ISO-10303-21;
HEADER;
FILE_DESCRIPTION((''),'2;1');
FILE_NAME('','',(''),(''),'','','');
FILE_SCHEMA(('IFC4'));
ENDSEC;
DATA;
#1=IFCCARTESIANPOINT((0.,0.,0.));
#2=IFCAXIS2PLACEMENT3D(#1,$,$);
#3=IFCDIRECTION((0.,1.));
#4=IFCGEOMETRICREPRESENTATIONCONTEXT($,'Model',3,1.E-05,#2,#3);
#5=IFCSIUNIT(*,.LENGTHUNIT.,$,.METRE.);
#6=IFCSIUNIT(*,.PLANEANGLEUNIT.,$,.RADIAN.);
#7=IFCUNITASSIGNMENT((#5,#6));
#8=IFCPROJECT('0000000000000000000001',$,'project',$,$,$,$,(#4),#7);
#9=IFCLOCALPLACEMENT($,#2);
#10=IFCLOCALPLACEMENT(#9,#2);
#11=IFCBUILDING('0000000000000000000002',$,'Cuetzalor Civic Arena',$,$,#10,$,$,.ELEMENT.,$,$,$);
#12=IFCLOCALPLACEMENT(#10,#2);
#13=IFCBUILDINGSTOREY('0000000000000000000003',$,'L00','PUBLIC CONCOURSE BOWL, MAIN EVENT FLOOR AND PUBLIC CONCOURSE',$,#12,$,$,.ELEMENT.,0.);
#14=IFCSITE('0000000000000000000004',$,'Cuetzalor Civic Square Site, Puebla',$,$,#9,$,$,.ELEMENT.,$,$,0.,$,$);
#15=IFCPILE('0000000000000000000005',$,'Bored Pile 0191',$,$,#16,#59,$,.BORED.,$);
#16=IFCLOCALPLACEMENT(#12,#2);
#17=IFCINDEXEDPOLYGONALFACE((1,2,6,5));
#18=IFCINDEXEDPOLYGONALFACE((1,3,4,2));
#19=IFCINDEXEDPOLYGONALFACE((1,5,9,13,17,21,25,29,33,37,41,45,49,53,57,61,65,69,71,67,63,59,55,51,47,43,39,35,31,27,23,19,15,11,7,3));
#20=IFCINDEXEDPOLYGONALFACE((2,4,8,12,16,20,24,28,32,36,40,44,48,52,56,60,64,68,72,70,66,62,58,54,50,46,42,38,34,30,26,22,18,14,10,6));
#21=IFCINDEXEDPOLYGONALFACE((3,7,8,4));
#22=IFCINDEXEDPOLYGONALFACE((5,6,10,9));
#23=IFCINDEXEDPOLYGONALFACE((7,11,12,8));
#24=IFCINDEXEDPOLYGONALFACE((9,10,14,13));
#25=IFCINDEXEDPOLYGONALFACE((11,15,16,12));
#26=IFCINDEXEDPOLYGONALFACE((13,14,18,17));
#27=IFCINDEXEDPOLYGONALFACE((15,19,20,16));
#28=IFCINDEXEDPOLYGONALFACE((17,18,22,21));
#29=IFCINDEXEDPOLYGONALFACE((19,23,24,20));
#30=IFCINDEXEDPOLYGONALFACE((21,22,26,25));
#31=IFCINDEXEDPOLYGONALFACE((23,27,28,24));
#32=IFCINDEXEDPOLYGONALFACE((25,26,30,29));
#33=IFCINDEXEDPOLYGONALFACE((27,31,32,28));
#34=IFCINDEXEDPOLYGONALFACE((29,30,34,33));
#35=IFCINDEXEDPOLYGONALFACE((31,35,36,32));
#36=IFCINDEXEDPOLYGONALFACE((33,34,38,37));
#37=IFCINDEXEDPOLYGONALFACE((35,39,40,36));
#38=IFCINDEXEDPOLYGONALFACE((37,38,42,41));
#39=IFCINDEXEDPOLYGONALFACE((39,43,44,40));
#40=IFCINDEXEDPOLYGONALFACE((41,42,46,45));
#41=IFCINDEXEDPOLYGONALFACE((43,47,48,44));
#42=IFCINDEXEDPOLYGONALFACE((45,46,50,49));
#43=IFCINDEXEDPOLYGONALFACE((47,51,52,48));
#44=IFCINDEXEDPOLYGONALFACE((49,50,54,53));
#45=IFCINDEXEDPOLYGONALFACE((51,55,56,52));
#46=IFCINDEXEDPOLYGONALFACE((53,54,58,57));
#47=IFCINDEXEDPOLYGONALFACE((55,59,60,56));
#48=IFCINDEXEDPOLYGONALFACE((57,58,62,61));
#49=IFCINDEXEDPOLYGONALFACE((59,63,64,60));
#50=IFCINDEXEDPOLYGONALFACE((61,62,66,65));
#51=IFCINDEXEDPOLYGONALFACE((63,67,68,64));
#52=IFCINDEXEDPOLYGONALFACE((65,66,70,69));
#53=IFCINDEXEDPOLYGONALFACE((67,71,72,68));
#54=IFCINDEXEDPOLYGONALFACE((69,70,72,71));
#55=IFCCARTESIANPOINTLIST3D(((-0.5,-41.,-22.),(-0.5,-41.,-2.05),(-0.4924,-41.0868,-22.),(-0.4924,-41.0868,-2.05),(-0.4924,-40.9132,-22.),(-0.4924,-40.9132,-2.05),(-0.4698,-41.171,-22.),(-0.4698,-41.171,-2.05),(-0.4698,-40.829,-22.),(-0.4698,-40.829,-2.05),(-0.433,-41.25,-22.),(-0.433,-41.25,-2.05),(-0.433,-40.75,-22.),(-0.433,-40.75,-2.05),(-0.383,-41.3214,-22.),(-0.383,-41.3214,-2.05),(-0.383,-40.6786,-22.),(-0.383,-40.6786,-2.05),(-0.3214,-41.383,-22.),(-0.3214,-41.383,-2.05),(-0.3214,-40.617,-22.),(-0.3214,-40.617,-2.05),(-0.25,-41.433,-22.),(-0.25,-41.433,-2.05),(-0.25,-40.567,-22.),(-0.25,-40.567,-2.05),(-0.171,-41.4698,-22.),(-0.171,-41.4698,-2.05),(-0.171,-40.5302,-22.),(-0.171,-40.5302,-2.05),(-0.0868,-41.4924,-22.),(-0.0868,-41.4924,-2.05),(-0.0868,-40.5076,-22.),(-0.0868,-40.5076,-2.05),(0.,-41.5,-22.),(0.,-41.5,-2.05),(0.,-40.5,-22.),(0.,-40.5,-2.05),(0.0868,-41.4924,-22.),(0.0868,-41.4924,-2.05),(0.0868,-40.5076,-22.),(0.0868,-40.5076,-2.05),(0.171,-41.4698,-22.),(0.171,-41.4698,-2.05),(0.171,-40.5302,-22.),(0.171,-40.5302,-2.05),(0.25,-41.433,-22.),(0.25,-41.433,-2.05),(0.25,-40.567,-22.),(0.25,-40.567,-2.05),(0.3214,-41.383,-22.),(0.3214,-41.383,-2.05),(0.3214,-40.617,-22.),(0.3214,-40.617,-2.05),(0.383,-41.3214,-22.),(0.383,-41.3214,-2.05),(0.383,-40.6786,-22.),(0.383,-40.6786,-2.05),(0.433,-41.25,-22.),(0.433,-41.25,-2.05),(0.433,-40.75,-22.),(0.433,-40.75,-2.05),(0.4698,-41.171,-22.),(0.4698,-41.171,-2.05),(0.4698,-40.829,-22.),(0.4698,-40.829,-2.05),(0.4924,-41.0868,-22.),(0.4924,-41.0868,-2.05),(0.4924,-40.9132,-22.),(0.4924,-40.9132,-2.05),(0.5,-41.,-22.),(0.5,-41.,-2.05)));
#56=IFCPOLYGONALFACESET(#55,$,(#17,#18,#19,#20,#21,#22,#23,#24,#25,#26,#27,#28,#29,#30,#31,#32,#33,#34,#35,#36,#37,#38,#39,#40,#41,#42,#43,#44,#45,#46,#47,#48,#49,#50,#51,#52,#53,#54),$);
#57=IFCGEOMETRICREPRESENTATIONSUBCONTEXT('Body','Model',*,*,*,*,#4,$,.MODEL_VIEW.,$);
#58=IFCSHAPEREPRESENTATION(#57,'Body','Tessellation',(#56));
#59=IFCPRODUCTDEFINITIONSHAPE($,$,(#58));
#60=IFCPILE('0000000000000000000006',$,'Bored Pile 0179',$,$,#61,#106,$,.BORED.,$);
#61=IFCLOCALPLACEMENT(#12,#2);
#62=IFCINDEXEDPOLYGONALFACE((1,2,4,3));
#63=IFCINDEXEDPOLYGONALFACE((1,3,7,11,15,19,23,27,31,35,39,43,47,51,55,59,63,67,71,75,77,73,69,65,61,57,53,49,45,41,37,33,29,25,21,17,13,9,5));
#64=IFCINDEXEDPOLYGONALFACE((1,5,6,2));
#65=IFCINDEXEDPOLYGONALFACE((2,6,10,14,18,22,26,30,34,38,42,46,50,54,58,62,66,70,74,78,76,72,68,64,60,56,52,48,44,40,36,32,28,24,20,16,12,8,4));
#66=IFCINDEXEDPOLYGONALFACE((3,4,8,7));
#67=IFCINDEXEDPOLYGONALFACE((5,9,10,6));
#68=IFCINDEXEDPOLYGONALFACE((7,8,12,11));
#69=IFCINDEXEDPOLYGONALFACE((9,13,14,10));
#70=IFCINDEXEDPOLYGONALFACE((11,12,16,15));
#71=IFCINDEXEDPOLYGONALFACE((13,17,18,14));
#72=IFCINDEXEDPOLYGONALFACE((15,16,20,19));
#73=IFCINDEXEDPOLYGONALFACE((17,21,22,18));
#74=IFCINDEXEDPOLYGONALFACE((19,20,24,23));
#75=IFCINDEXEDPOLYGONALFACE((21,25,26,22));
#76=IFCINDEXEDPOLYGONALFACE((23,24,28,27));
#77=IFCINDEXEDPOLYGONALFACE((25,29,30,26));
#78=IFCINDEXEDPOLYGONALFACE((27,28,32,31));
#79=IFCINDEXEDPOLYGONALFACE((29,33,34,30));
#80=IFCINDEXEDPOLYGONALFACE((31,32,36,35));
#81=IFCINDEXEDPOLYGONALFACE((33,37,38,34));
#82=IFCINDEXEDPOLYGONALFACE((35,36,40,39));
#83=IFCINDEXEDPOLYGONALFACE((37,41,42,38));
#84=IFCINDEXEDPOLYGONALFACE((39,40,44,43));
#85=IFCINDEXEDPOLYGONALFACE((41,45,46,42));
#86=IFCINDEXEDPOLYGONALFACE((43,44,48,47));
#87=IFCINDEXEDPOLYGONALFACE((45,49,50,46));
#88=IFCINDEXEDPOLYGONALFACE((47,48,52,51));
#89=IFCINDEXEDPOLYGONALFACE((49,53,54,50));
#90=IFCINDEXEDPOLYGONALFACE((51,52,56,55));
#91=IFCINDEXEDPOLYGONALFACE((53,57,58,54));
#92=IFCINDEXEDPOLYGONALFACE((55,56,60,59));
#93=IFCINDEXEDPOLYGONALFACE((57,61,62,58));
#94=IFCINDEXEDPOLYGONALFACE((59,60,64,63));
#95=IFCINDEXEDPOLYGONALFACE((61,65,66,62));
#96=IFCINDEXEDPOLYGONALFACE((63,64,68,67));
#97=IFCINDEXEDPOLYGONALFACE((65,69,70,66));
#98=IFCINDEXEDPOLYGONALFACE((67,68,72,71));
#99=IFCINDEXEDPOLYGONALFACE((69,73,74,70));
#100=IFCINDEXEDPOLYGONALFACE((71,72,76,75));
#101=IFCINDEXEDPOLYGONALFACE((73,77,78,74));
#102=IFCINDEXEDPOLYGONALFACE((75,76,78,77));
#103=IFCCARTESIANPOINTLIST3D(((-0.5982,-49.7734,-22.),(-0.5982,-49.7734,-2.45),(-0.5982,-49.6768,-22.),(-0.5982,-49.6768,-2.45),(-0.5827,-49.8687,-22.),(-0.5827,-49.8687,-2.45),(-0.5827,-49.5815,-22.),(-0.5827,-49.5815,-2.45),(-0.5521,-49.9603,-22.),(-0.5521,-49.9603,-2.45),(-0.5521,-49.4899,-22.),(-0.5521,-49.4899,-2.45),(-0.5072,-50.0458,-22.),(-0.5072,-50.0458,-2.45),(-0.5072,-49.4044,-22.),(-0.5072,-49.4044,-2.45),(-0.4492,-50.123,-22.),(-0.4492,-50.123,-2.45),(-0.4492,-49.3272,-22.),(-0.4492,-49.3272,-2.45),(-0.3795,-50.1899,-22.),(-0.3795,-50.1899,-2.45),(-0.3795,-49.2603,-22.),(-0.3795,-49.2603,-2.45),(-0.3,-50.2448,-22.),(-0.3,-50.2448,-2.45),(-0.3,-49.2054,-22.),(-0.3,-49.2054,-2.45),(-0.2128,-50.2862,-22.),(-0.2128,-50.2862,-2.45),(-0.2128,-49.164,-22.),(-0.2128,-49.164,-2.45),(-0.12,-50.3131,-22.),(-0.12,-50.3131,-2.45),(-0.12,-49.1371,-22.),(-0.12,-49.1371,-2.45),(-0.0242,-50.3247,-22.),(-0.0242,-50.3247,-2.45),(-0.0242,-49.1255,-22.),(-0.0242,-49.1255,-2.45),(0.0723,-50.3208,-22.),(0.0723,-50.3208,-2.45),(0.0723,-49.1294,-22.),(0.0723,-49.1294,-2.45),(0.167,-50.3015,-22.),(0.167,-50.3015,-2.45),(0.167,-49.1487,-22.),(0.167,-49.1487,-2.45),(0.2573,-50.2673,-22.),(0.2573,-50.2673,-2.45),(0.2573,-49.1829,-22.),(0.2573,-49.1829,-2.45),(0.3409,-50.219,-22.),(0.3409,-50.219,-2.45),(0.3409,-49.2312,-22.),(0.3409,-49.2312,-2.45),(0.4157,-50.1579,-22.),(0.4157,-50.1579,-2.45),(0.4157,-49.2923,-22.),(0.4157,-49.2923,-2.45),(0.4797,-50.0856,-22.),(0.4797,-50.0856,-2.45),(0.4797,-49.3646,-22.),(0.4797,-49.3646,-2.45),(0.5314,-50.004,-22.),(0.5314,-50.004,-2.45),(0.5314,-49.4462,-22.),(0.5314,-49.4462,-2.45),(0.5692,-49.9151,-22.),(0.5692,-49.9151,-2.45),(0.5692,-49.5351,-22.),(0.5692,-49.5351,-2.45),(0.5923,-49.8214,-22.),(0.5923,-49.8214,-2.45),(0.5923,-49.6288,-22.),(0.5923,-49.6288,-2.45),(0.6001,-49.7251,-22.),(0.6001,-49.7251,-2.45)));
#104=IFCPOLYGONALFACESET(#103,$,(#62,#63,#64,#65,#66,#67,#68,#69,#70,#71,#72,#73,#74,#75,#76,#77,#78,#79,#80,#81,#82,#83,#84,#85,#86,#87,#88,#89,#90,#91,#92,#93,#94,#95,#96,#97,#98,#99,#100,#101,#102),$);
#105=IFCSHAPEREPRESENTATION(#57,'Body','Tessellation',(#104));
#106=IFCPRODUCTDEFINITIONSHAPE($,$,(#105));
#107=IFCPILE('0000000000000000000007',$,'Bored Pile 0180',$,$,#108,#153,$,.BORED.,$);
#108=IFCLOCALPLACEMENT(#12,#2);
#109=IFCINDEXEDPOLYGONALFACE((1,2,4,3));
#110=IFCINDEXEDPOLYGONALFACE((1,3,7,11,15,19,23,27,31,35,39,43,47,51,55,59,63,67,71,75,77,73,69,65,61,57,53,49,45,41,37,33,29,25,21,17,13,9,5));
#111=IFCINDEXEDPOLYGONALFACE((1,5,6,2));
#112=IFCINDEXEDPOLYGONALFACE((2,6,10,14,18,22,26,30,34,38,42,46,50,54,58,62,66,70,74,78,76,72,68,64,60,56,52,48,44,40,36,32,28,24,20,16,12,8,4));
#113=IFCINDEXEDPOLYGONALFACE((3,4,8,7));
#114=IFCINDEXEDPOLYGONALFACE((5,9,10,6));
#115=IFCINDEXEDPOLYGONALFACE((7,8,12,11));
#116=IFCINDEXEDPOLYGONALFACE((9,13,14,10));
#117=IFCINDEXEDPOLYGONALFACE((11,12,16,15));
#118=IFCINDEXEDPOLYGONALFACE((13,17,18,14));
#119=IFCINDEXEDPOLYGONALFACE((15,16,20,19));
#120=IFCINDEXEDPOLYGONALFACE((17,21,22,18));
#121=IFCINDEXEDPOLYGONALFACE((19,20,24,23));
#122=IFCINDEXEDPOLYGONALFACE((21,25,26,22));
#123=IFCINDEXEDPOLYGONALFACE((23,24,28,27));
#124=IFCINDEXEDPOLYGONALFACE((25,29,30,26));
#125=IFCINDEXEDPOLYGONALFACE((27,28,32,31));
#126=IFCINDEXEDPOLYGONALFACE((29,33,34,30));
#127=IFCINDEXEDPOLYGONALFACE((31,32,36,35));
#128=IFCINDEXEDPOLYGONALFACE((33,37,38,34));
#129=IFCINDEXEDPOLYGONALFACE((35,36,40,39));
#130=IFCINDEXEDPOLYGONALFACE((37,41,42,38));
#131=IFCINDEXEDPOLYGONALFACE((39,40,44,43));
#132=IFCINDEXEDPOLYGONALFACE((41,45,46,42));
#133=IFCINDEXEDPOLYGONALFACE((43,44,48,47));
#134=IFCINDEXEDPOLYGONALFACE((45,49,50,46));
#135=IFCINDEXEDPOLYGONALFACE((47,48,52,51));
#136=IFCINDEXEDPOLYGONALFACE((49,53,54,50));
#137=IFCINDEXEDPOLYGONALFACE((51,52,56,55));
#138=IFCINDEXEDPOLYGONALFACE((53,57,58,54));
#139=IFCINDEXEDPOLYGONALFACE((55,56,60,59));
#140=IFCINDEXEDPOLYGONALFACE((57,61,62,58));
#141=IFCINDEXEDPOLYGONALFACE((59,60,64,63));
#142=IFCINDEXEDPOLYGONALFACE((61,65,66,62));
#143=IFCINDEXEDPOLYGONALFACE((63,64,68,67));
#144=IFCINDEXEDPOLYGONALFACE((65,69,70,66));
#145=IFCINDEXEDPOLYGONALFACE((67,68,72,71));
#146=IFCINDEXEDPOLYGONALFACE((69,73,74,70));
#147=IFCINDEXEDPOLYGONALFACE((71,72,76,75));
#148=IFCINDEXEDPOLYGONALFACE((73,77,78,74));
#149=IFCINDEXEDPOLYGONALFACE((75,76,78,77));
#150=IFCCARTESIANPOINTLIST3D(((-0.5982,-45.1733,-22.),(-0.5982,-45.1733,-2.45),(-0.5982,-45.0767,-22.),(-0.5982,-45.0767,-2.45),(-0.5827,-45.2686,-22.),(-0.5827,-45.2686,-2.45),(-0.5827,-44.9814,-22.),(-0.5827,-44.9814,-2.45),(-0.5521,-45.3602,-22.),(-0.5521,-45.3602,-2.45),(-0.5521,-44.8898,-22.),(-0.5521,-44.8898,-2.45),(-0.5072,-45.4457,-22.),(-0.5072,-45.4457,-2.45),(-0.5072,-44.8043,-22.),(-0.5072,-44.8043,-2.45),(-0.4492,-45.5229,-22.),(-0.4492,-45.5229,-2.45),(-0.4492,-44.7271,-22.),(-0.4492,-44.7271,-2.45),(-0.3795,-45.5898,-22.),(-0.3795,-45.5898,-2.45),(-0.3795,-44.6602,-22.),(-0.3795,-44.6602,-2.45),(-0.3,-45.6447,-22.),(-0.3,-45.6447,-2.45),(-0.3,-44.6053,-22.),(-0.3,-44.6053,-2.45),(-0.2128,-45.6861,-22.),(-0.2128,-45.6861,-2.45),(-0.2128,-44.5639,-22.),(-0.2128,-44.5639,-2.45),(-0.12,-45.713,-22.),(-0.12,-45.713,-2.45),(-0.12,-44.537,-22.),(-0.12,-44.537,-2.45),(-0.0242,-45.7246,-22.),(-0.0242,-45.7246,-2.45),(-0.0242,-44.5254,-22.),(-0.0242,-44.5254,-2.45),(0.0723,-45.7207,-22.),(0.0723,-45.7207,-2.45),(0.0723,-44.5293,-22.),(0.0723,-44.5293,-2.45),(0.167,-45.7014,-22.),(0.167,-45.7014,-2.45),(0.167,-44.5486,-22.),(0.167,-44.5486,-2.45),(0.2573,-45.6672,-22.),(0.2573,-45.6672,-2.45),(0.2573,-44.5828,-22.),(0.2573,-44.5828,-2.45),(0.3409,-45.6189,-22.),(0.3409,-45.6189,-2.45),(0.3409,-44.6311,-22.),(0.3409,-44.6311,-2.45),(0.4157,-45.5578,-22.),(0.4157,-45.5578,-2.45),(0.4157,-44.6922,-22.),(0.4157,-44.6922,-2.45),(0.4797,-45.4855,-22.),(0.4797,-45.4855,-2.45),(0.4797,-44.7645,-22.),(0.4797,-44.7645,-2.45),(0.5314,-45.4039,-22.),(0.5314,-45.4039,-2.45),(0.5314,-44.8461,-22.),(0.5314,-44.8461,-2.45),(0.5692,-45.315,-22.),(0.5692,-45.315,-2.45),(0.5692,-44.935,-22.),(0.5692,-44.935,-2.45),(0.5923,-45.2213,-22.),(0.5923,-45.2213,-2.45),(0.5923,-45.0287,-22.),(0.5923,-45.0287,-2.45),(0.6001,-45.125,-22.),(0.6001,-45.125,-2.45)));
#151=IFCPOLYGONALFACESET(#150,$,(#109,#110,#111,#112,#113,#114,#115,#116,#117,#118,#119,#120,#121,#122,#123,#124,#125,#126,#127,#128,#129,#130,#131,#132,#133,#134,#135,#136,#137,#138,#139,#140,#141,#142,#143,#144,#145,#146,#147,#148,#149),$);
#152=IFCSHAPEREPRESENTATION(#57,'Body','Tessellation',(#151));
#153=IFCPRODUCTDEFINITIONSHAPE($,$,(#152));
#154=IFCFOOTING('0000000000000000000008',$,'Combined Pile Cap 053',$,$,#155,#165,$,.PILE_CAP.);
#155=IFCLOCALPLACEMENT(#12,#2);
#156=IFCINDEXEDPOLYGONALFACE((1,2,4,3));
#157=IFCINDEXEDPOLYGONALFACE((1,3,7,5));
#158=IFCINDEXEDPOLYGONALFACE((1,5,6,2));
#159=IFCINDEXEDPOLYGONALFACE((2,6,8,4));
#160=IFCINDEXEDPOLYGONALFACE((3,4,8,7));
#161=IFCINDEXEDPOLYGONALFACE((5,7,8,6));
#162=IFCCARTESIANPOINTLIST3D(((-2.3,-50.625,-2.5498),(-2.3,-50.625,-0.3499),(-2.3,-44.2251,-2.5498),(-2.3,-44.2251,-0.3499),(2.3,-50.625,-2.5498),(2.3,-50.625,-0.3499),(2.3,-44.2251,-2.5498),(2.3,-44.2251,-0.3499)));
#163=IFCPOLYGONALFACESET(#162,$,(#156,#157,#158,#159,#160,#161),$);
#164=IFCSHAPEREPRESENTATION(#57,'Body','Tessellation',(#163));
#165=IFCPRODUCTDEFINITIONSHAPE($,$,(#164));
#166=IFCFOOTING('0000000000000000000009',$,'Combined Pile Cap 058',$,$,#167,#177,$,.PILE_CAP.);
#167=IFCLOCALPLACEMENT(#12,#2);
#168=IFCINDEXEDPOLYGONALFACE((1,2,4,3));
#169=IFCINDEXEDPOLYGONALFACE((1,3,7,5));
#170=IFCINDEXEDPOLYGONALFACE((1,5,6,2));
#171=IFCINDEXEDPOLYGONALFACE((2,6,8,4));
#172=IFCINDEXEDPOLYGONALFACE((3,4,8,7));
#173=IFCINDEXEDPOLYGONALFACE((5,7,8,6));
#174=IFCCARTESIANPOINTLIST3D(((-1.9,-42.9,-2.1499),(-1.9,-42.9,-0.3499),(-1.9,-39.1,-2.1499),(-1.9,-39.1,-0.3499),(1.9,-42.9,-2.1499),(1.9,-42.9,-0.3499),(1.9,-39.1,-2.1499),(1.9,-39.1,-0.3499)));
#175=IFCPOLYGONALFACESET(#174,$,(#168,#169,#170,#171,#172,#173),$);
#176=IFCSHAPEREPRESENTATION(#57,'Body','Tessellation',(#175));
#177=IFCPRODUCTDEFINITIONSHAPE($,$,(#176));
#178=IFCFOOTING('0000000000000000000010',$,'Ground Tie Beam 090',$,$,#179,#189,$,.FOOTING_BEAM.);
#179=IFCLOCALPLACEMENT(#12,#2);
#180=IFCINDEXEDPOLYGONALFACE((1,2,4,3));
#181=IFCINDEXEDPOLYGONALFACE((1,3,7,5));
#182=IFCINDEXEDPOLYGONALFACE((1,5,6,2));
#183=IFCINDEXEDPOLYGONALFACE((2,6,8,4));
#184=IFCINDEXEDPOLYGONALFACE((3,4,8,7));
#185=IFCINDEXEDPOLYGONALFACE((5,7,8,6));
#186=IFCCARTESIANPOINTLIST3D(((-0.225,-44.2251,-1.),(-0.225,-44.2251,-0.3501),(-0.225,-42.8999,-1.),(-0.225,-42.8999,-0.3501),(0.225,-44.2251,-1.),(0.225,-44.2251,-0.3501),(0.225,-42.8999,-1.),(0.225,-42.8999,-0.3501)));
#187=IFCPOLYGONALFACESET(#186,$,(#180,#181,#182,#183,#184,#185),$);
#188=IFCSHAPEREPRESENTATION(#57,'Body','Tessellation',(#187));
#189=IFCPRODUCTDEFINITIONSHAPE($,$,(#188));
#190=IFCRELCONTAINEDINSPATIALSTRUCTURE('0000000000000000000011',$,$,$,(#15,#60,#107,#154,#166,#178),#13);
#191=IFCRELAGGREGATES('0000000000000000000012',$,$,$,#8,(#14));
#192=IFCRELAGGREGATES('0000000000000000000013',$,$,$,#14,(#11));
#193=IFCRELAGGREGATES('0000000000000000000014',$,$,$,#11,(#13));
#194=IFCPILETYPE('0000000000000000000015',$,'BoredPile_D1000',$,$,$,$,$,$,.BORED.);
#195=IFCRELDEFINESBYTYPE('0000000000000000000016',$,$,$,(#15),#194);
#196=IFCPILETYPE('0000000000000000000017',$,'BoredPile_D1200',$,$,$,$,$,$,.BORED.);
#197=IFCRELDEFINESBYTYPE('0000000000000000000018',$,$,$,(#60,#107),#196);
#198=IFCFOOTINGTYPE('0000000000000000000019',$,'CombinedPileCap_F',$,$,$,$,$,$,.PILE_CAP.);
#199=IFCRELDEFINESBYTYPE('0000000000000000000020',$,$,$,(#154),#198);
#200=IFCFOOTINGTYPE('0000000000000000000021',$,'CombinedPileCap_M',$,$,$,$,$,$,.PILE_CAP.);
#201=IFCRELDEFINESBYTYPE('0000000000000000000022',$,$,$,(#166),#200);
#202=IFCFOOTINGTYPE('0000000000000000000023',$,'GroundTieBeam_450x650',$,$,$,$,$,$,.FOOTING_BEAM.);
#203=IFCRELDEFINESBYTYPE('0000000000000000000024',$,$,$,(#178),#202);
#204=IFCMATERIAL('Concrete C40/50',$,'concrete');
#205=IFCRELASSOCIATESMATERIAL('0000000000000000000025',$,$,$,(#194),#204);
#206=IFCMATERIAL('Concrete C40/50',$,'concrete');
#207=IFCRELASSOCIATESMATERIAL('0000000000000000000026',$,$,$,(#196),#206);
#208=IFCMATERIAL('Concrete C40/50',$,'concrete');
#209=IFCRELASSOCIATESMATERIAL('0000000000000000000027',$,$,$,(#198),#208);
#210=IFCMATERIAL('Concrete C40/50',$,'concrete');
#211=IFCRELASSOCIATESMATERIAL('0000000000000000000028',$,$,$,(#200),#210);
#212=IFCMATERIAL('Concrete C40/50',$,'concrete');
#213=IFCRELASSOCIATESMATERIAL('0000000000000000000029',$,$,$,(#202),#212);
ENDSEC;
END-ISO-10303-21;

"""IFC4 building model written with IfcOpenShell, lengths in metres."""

from ifc_helpers import new_model, si_unit, direction, frame, origin, origin_2d, place, context, subcontext, project, spatial, rectangle, circle, extrude, material, material_profile, profile_set, type_object, element, save


model = new_model("IFC4")

# Units and contexts
model_context = context("Model", 3, precision=1e-05, world=origin(), true_north=direction((0.0, 1.0)))
body_context = subcontext(model_context, "Body", "Model", "MODEL_VIEW")
ifc_project = project(units=[si_unit("LENGTHUNIT", "METRE"), si_unit("PLANEANGLEUNIT", "RADIAN")], contexts=[model_context])

# Site, building, storey
site_placement = place(None, origin())
site = spatial("IfcSite", under=ifc_project, at=site_placement, Name="Cuetzalor Civic Square Site, Puebla", CompositionType="ELEMENT", RefElevation=0.0)
building_placement = place(site_placement, origin())
building = spatial("IfcBuilding", under=site, at=building_placement, Name="Cuetzalor Civic Arena", CompositionType="ELEMENT")
storey_placement = place(building_placement, origin())
storey = spatial("IfcBuildingStorey", under=building, at=storey_placement, Name="L00", Description="PUBLIC CONCOURSE BOWL, MAIN EVENT FLOOR AND PUBLIC CONCOURSE", CompositionType="ELEMENT", Elevation=0.0)

# Piles
ifc_material_1 = material(Name="Concrete C40/50", Category="concrete")
ifc_material_profile_1 = material_profile(ifc_material_1, circle(Radius=0.5, at=origin_2d()), Name="BORED PILE D1000")
ifc_profile_set_1 = profile_set([ifc_material_profile_1], Name="Concrete C40/50")
pile_type_1 = type_object("IfcPileType", Name="BoredPile_D1000", PredefinedType="BORED", material=ifc_profile_set_1)
pile_placement = place(storey_placement, frame((0.0, -41.0, -2.05), z_axis=(0.0, 0.0, -1.0), x_axis=(1.0, 0.0, 0.0)))
element("IfcPile", 1, at=pile_placement, inside=storey, type_object=pile_type_1, Name="Bored Pile 0191", PredefinedType="BORED", context=body_context, shape_type="SweptSolid", body=[
    extrude(circle(Radius=0.5, at=origin_2d()), origin(), (0.0, 0.0, 1.0), 19.95),
])
ifc_material_2 = material(Name="Concrete C40/50", Category="concrete")
ifc_material_profile_2 = material_profile(ifc_material_2, circle(Radius=0.6001, at=origin_2d()), Name="BORED PILE D1200")
ifc_profile_set_2 = profile_set([ifc_material_profile_2], Name="Concrete C40/50")
pile_type_2 = type_object("IfcPileType", Name="BoredPile_D1200", PredefinedType="BORED", material=ifc_profile_set_2)
for number, where, z_axis, x_axis, name in (
    (2, (0.0, -49.7251, -2.45), (0.0, 0.0, -1.0), (1.0, 0.0, 0.0), "Bored Pile 0179"),
    (3, (0.0, -45.125, -2.45), (0.0, 0.0, -1.0), (1.0, 0.0, 0.0), "Bored Pile 0180"),
):
    element("IfcPile", number, at=place(storey_placement, frame(where, z_axis=z_axis, x_axis=x_axis)), inside=storey, type_object=pile_type_2, Name=name, PredefinedType="BORED", context=body_context, shape_type="SweptSolid", body=[
        extrude(circle(Radius=0.6001, at=origin_2d()), origin(), (0.0, 0.0, 1.0), 19.55),
    ])

# Footings
ifc_material_3 = material(Name="Concrete C40/50", Category="concrete")
footing_type_1 = type_object("IfcFootingType", Name="CombinedPileCap_F", PredefinedType="PILE_CAP", material=ifc_material_3)
footing_1_placement = place(storey_placement, frame((0.0, -47.425, -2.5498), z_axis=(0.0, 0.0, 1.0), x_axis=(1.0, 0.0, 0.0)))
element("IfcFooting", 4, at=footing_1_placement, inside=storey, type_object=footing_type_1, Name="Combined Pile Cap 053", PredefinedType="PILE_CAP", context=body_context, shape_type="SweptSolid", body=[
    extrude(rectangle(XDim=4.6001, YDim=6.3999, at=origin_2d()), origin(), (0.0, 0.0, 1.0), 2.2),
])
ifc_material_4 = material(Name="Concrete C40/50", Category="concrete")
footing_type_2 = type_object("IfcFootingType", Name="CombinedPileCap_M", PredefinedType="PILE_CAP", material=ifc_material_4)
footing_2_placement = place(storey_placement, frame((0.0, -41.0, -2.1499), z_axis=(0.0, 0.0, 1.0), x_axis=(1.0, 0.0, 0.0)))
element("IfcFooting", 5, at=footing_2_placement, inside=storey, type_object=footing_type_2, Name="Combined Pile Cap 058", PredefinedType="PILE_CAP", context=body_context, shape_type="SweptSolid", body=[
    extrude(rectangle(XDim=3.8, YDim=3.8, at=origin_2d()), origin(), (0.0, 0.0, 1.0), 1.8),
])
ifc_material_5 = material(Name="Concrete C40/50", Category="concrete")
ifc_material_profile_3 = material_profile(ifc_material_5, rectangle(XDim=0.45, YDim=0.6499, at=origin_2d()), Name="RC 450x650")
ifc_profile_set_3 = profile_set([ifc_material_profile_3], Name="Concrete C40/50")
footing_type_3 = type_object("IfcFootingType", Name="GroundTieBeam_450x650", PredefinedType="FOOTING_BEAM", material=ifc_profile_set_3)
footing_3_placement = place(storey_placement, frame((0.0, -44.2251, -0.675), z_axis=(0.0, 1.0, 0.0), x_axis=(-1.0, 0.0, 0.0)))
element("IfcFooting", 6, at=footing_3_placement, inside=storey, type_object=footing_type_3, Name="Ground Tie Beam 090", PredefinedType="FOOTING_BEAM", context=body_context, shape_type="SweptSolid", body=[
    extrude(rectangle(XDim=0.45, YDim=0.6499, at=origin_2d()), origin(), (0.0, 0.0, 1.0), 1.3252),
])

save(model, "model.ifc")
